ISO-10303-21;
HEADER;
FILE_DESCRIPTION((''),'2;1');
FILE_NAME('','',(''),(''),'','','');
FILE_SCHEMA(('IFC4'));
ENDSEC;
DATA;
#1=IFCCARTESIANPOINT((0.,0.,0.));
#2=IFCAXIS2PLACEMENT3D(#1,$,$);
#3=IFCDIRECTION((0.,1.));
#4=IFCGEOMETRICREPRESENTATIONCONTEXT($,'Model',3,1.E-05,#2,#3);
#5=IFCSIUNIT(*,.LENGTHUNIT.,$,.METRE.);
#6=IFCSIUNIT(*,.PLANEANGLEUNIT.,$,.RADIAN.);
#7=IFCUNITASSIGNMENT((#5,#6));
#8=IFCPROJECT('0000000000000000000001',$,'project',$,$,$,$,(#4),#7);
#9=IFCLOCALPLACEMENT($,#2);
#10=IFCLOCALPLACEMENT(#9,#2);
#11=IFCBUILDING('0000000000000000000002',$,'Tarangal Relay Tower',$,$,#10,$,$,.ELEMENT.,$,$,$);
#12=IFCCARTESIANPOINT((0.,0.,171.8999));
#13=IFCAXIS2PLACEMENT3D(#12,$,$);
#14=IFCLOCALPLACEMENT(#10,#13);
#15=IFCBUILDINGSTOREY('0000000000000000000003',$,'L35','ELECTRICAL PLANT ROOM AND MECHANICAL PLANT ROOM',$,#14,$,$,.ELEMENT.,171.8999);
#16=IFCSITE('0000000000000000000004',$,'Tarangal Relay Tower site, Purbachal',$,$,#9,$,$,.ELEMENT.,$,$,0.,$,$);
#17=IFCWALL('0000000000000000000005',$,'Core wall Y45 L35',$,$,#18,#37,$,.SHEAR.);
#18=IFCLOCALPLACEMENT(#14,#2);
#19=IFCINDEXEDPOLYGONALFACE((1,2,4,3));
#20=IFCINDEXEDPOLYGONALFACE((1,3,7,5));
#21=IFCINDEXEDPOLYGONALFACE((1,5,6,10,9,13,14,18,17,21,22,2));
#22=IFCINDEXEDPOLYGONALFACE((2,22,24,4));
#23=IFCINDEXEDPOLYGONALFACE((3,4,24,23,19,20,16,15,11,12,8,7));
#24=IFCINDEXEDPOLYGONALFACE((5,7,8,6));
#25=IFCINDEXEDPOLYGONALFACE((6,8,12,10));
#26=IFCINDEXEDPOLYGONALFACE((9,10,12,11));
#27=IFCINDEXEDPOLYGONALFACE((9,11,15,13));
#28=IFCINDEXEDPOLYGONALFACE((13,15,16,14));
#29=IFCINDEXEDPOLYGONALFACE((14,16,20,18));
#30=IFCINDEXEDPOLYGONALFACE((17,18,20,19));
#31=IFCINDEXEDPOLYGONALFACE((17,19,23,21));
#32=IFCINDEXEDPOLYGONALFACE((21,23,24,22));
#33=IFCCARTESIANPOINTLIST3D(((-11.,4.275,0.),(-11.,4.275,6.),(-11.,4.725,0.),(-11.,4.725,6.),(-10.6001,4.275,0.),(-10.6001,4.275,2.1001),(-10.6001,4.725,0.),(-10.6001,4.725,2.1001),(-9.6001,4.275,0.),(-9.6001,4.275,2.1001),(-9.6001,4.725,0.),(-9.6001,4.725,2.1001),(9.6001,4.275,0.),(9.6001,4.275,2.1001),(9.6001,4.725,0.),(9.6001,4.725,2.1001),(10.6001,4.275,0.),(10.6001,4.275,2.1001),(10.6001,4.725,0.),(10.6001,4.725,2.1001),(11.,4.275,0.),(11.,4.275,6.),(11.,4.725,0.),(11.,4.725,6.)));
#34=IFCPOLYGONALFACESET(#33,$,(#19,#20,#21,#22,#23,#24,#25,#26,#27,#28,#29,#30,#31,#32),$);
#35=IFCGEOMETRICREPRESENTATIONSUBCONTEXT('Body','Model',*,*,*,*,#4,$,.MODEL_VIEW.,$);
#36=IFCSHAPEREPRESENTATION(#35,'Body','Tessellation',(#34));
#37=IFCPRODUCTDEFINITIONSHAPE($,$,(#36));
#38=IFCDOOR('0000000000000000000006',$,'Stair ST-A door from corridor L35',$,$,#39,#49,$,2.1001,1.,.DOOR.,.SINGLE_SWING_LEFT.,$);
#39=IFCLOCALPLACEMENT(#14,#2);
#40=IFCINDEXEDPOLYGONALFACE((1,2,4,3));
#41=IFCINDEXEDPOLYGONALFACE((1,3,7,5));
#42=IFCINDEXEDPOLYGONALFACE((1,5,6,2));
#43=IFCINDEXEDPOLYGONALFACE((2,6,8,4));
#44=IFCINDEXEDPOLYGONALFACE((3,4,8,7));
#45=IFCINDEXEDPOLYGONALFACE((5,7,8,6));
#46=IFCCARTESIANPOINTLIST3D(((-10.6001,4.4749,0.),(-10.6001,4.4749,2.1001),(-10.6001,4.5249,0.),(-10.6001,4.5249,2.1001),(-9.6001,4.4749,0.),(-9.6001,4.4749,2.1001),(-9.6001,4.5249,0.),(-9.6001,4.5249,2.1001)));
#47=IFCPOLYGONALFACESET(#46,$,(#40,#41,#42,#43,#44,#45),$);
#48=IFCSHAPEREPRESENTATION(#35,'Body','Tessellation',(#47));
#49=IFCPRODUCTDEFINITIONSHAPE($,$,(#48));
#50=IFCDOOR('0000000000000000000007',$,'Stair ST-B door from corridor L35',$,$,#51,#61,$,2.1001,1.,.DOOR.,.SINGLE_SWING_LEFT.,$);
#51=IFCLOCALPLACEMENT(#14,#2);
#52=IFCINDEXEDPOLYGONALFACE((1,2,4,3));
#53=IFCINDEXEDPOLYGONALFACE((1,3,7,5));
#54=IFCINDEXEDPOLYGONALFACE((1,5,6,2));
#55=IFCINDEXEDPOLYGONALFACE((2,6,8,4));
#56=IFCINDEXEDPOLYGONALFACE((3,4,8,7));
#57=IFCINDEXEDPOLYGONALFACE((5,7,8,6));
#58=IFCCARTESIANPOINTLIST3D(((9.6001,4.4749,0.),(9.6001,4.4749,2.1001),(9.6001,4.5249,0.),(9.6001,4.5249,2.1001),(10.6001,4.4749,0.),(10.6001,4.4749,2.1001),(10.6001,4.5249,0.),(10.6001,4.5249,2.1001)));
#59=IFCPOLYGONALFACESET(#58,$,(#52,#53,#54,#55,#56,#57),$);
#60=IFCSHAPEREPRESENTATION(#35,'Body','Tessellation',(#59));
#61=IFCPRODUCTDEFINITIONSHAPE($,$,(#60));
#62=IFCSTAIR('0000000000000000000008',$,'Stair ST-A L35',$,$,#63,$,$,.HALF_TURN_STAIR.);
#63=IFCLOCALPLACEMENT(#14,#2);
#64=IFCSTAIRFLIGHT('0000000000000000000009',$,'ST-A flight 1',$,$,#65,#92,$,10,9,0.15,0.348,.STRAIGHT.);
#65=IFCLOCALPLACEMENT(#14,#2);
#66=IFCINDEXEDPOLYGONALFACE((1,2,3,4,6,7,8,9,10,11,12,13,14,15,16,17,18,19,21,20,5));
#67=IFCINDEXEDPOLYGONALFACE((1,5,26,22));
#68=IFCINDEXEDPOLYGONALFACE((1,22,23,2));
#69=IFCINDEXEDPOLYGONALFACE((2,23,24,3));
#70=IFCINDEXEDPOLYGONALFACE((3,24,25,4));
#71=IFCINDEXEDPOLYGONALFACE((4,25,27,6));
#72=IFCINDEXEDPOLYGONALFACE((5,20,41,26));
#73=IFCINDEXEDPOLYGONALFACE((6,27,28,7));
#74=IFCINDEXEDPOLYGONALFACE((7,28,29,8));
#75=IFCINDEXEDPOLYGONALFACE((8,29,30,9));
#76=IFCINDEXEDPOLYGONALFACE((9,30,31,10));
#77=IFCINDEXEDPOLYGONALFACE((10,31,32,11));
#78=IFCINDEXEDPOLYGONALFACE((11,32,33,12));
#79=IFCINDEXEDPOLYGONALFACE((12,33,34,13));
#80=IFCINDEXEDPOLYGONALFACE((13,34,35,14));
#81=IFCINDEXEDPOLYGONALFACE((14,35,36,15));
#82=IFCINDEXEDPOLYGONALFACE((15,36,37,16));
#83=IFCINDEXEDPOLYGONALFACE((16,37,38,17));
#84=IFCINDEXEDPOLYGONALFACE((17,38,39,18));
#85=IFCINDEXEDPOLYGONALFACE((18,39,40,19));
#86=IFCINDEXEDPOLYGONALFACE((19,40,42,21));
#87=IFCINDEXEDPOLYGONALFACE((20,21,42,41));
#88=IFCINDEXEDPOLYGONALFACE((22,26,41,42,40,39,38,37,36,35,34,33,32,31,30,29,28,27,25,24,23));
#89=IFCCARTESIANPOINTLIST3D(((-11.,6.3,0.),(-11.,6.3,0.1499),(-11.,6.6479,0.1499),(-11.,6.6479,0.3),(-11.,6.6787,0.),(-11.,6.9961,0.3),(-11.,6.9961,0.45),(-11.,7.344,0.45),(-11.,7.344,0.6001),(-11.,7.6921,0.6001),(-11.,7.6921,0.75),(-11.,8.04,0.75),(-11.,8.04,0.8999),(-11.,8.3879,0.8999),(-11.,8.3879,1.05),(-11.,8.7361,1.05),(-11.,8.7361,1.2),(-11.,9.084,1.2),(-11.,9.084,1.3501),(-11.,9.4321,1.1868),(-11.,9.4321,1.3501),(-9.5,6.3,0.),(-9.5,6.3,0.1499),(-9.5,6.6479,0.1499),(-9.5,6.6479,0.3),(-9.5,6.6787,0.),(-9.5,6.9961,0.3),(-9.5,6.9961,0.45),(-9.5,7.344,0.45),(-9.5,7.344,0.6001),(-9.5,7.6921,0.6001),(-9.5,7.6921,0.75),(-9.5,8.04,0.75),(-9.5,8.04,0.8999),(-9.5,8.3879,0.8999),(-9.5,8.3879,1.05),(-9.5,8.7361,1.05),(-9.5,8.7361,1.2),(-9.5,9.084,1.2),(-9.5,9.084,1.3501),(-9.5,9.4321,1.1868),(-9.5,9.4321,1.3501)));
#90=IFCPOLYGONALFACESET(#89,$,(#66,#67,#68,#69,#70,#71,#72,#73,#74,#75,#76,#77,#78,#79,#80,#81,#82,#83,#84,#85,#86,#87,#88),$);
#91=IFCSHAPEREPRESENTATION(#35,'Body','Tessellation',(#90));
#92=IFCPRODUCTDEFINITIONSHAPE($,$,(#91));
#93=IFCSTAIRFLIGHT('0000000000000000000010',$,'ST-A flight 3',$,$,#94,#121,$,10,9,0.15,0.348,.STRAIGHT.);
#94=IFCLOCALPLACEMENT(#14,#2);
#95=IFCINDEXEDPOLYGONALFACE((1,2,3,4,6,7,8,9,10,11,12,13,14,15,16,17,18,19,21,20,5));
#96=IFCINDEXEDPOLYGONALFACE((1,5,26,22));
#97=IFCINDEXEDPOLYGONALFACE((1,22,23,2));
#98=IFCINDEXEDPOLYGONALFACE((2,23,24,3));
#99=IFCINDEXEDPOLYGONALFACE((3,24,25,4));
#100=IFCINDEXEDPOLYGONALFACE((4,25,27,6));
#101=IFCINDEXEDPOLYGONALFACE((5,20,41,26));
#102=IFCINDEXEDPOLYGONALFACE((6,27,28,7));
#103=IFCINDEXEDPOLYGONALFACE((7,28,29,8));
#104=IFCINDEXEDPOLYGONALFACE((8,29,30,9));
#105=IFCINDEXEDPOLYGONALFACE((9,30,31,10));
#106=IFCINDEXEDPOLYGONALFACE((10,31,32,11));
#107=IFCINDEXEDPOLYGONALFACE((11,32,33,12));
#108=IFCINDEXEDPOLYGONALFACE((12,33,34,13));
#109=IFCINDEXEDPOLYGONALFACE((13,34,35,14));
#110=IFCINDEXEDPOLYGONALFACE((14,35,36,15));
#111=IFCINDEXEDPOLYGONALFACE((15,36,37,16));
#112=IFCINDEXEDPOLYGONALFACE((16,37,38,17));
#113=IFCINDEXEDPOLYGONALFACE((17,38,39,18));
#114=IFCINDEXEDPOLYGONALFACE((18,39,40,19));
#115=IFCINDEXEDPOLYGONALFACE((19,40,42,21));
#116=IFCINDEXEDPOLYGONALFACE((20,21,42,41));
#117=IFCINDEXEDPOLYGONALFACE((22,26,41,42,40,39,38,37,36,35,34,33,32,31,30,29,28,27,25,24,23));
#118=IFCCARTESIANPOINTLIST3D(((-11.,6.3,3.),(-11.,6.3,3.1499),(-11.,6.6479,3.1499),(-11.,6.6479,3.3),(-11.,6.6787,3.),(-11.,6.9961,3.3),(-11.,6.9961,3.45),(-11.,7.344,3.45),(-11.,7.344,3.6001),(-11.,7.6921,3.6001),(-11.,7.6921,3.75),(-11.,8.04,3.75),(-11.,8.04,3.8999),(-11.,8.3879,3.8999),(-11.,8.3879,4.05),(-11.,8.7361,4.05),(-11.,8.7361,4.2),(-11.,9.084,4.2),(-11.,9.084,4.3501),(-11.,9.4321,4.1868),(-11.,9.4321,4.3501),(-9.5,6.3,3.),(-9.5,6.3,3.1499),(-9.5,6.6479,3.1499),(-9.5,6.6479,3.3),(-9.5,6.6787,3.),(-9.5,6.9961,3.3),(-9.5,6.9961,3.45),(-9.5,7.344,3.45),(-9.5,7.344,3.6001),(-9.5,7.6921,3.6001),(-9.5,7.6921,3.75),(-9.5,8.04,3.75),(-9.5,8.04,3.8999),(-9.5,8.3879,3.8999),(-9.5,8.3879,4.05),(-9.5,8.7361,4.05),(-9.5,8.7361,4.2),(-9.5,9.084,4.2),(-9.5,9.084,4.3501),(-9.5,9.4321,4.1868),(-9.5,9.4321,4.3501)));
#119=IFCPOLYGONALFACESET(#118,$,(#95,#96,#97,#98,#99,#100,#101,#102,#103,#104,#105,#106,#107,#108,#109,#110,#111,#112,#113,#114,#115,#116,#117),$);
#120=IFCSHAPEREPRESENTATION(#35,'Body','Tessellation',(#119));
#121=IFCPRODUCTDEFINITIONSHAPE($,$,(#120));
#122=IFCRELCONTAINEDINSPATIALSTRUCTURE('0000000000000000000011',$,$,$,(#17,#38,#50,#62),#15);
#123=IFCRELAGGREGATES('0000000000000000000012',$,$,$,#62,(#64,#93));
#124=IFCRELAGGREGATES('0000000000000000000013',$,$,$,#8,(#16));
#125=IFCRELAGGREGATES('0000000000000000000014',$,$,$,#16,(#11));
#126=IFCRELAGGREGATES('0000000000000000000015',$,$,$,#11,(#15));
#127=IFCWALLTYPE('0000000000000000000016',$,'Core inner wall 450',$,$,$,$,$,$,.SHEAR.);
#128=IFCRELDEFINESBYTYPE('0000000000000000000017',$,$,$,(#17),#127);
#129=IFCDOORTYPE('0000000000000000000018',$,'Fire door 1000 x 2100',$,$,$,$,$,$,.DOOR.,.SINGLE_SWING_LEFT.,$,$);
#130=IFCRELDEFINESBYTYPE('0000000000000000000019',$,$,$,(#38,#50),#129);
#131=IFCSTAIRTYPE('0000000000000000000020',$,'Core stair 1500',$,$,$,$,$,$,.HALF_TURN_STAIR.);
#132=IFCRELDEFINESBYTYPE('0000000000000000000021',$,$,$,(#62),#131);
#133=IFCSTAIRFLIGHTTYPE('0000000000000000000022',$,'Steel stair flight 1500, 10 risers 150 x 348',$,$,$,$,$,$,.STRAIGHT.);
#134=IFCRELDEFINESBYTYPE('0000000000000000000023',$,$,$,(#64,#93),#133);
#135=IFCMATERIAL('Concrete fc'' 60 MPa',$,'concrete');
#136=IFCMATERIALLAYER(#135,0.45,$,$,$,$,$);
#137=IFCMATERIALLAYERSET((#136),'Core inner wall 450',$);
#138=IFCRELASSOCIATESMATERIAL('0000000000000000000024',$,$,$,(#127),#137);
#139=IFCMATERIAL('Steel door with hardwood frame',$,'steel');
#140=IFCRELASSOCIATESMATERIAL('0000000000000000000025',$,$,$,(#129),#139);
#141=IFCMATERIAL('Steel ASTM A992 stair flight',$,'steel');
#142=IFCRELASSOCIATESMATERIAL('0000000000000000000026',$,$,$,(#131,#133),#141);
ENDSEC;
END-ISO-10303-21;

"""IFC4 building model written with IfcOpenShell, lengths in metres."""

from ifc_helpers import new_model, si_unit, direction, frame, frame_2d, origin, place, context, subcontext, project, spatial, polyline, rectangle, outline, extrude, material, layer, layer_set, type_object, element, fill, aggregate, save


model = new_model("IFC4")

# Units and contexts
model_context = context("Model", 3, precision=1e-05, world=origin(), true_north=direction((0.0, 1.0)))
body_context = subcontext(model_context, "Body", "Model", "MODEL_VIEW")
ifc_project = project(units=[si_unit("LENGTHUNIT", "METRE"), si_unit("PLANEANGLEUNIT", "RADIAN")], contexts=[model_context])

# Site, building, storey
site_placement = place(None, origin())
site = spatial("IfcSite", under=ifc_project, at=site_placement, Name="Tarangal Relay Tower site, Purbachal", CompositionType="ELEMENT", RefElevation=0.0)
building_placement = place(site_placement, origin())
building = spatial("IfcBuilding", under=site, at=building_placement, Name="Tarangal Relay Tower", CompositionType="ELEMENT")
storey_placement = place(building_placement, frame((0.0, 0.0, 171.8999)))
storey = spatial("IfcBuildingStorey", under=building, at=storey_placement, Name="L35", Description="ELECTRICAL PLANT ROOM AND MECHANICAL PLANT ROOM", CompositionType="ELEMENT", Elevation=171.8999)

# Wall, openings, doors
ifc_material_1 = material(Name="Concrete fc' 60 MPa", Category="concrete")
ifc_layer_1 = layer(ifc_material_1, 0.45)
ifc_layer_set_1 = layer_set([ifc_layer_1], Name="Core inner wall 450")
wall_type_1 = type_object("IfcWallType", Name="Core inner wall 450", PredefinedType="SHEAR", material=ifc_layer_set_1)
wall_1_placement = place(storey_placement, frame((-11.0, 4.5, 0.0), z_axis=(0.0, 0.0, 1.0), x_axis=(1.0, 0.0, 0.0)))
wall_1 = element("IfcWall", 1, at=wall_1_placement, inside=storey, type_object=wall_type_1, Name="Core wall Y45 L35", PredefinedType="SHEAR", context=body_context, shape_type="SweptSolid", body=[
    extrude(rectangle(XDim=22.0, YDim=0.45, at=frame_2d((11.0, 0.0))), origin(), (0.0, 0.0, 1.0), 6.0),
])
opening_1_placement = place(wall_1_placement, frame((0.3999, 0.0, 0.0)))
opening_1 = element("IfcOpeningElement", 2, at=opening_1_placement, cuts=wall_1, PredefinedType="OPENING", context=body_context, shape_type="SweptSolid", body=[
    extrude(rectangle(XDim=1.0, YDim=2.1001, at=frame_2d((0.5, 1.05))), frame((0.0, 0.2349, 0.0), z_axis=(0.0, -1.0, 0.0), x_axis=(1.0, 0.0, 0.0)), (0.0, 0.0, 1.0), 0.47),
])
opening_2_placement = place(wall_1_placement, frame((20.6001, 0.0, 0.0)))
opening_2 = element("IfcOpeningElement", 3, at=opening_2_placement, cuts=wall_1, PredefinedType="OPENING", context=body_context, shape_type="SweptSolid", body=[
    extrude(rectangle(XDim=1.0, YDim=2.1001, at=frame_2d((0.5, 1.05))), frame((0.0, 0.2349, 0.0), z_axis=(0.0, -1.0, 0.0), x_axis=(1.0, 0.0, 0.0)), (0.0, 0.0, 1.0), 0.47),
])
ifc_material_2 = material(Name="Steel door with hardwood frame", Category="steel")
door_type_1 = type_object("IfcDoorType", Name="Fire door 1000 x 2100", OperationType="SINGLE_SWING_LEFT", PredefinedType="DOOR", material=ifc_material_2)
door_1_placement = place(opening_1_placement, origin())
door_1 = element("IfcDoor", 4, at=door_1_placement, inside=storey, type_object=door_type_1, Name="Stair ST-A door from corridor L35", OperationType="SINGLE_SWING_LEFT", OverallHeight=2.1001, OverallWidth=1.0, PredefinedType="DOOR", context=body_context, shape_type="SweptSolid", body=[
    extrude(rectangle(XDim=1.0, YDim=2.1001, at=frame_2d((0.5, 1.05))), frame((0.0, 0.0249, 0.0), z_axis=(0.0, -1.0, 0.0), x_axis=(1.0, 0.0, 0.0)), (0.0, 0.0, 1.0), 0.05),
])
fill(opening_1, door_1)
door_2_placement = place(opening_2_placement, origin())
door_2 = element("IfcDoor", 5, at=door_2_placement, inside=storey, type_object=door_type_1, Name="Stair ST-B door from corridor L35", OperationType="SINGLE_SWING_LEFT", OverallHeight=2.1001, OverallWidth=1.0, PredefinedType="DOOR", context=body_context, shape_type="SweptSolid", body=[
    extrude(rectangle(XDim=1.0, YDim=2.1001, at=frame_2d((0.5, 1.05))), frame((0.0, 0.0249, 0.0), z_axis=(0.0, -1.0, 0.0), x_axis=(1.0, 0.0, 0.0)), (0.0, 0.0, 1.0), 0.05),
])
fill(opening_2, door_2)

# Stair, stair flights
ifc_material_3 = material(Name="Steel ASTM A992 stair flight", Category="steel")
stair_type = type_object("IfcStairType", Name="Core stair 1500", PredefinedType="HALF_TURN_STAIR", material=ifc_material_3)
stair_placement = place(storey_placement, origin())
stair = element("IfcStair", 6, at=stair_placement, inside=storey, type_object=stair_type, Name="Stair ST-A L35", PredefinedType="HALF_TURN_STAIR")
stair_flight_type = type_object("IfcStairFlightType", Name="Steel stair flight 1500, 10 risers 150 x 348", PredefinedType="STRAIGHT", material=ifc_material_3)
stair_flight_1_placement = place(storey_placement, frame((-10.25, 6.3, 0.0), z_axis=(0.0, 0.0, 1.0), x_axis=(0.0, 1.0, 0.0)))
stair_flight_1 = element("IfcStairFlight", 7, at=stair_flight_1_placement, type_object=stair_flight_type, Name="ST-A flight 1", NumberOfRisers=10, NumberOfTreads=9, PredefinedType="STRAIGHT", RiserHeight=0.15, TreadLength=0.348, context=body_context, shape_type="SweptSolid", body=[
    extrude(outline(polyline([(0.0, 0.0), (0.0, 0.1499), (0.3479, 0.1499), (0.3479, 0.3), (0.696, 0.3), (0.696, 0.45), (1.0439, 0.45), (1.0439, 0.6001), (1.3921, 0.6001), (1.3921, 0.75), (1.74, 0.75), (1.74, 0.8999), (2.0879, 0.8999), (2.0879, 1.05), (2.436, 1.05), (2.436, 1.2), (2.7839, 1.2), (2.7839, 1.3501), (3.1321, 1.3501), (3.1321, 1.5), (3.1321, 1.1868), (0.3787, 0.0), (0.0, 0.0)])), frame((0.0, 0.75, 0.0), z_axis=(0.0, -1.0, 0.0), x_axis=(1.0, 0.0, 0.0)), (0.0, 0.0, 1.0), 1.5),
])
stair_flight_2_placement = place(storey_placement, frame((-10.25, 6.3, 3.0), z_axis=(0.0, 0.0, 1.0), x_axis=(0.0, 1.0, 0.0)))
stair_flight_2 = element("IfcStairFlight", 8, at=stair_flight_2_placement, type_object=stair_flight_type, Name="ST-A flight 3", NumberOfRisers=10, NumberOfTreads=9, PredefinedType="STRAIGHT", RiserHeight=0.15, TreadLength=0.348, context=body_context, shape_type="SweptSolid", body=[
    extrude(outline(polyline([(0.0, 0.0), (0.0, 0.1499), (0.3479, 0.1499), (0.3479, 0.3), (0.696, 0.3), (0.696, 0.45), (1.0439, 0.45), (1.0439, 0.6001), (1.3921, 0.6001), (1.3921, 0.75), (1.74, 0.75), (1.74, 0.8999), (2.0879, 0.8999), (2.0879, 1.05), (2.436, 1.05), (2.436, 1.2), (2.7839, 1.2), (2.7839, 1.3501), (3.1321, 1.3501), (3.1321, 1.5), (3.1321, 1.1868), (0.3787, 0.0), (0.0, 0.0)])), frame((0.0, 0.75, 0.0), z_axis=(0.0, -1.0, 0.0), x_axis=(1.0, 0.0, 0.0)), (0.0, 0.0, 1.0), 1.5),
])
aggregate(stair, [stair_flight_1, stair_flight_2])

save(model, "model.ifc")
